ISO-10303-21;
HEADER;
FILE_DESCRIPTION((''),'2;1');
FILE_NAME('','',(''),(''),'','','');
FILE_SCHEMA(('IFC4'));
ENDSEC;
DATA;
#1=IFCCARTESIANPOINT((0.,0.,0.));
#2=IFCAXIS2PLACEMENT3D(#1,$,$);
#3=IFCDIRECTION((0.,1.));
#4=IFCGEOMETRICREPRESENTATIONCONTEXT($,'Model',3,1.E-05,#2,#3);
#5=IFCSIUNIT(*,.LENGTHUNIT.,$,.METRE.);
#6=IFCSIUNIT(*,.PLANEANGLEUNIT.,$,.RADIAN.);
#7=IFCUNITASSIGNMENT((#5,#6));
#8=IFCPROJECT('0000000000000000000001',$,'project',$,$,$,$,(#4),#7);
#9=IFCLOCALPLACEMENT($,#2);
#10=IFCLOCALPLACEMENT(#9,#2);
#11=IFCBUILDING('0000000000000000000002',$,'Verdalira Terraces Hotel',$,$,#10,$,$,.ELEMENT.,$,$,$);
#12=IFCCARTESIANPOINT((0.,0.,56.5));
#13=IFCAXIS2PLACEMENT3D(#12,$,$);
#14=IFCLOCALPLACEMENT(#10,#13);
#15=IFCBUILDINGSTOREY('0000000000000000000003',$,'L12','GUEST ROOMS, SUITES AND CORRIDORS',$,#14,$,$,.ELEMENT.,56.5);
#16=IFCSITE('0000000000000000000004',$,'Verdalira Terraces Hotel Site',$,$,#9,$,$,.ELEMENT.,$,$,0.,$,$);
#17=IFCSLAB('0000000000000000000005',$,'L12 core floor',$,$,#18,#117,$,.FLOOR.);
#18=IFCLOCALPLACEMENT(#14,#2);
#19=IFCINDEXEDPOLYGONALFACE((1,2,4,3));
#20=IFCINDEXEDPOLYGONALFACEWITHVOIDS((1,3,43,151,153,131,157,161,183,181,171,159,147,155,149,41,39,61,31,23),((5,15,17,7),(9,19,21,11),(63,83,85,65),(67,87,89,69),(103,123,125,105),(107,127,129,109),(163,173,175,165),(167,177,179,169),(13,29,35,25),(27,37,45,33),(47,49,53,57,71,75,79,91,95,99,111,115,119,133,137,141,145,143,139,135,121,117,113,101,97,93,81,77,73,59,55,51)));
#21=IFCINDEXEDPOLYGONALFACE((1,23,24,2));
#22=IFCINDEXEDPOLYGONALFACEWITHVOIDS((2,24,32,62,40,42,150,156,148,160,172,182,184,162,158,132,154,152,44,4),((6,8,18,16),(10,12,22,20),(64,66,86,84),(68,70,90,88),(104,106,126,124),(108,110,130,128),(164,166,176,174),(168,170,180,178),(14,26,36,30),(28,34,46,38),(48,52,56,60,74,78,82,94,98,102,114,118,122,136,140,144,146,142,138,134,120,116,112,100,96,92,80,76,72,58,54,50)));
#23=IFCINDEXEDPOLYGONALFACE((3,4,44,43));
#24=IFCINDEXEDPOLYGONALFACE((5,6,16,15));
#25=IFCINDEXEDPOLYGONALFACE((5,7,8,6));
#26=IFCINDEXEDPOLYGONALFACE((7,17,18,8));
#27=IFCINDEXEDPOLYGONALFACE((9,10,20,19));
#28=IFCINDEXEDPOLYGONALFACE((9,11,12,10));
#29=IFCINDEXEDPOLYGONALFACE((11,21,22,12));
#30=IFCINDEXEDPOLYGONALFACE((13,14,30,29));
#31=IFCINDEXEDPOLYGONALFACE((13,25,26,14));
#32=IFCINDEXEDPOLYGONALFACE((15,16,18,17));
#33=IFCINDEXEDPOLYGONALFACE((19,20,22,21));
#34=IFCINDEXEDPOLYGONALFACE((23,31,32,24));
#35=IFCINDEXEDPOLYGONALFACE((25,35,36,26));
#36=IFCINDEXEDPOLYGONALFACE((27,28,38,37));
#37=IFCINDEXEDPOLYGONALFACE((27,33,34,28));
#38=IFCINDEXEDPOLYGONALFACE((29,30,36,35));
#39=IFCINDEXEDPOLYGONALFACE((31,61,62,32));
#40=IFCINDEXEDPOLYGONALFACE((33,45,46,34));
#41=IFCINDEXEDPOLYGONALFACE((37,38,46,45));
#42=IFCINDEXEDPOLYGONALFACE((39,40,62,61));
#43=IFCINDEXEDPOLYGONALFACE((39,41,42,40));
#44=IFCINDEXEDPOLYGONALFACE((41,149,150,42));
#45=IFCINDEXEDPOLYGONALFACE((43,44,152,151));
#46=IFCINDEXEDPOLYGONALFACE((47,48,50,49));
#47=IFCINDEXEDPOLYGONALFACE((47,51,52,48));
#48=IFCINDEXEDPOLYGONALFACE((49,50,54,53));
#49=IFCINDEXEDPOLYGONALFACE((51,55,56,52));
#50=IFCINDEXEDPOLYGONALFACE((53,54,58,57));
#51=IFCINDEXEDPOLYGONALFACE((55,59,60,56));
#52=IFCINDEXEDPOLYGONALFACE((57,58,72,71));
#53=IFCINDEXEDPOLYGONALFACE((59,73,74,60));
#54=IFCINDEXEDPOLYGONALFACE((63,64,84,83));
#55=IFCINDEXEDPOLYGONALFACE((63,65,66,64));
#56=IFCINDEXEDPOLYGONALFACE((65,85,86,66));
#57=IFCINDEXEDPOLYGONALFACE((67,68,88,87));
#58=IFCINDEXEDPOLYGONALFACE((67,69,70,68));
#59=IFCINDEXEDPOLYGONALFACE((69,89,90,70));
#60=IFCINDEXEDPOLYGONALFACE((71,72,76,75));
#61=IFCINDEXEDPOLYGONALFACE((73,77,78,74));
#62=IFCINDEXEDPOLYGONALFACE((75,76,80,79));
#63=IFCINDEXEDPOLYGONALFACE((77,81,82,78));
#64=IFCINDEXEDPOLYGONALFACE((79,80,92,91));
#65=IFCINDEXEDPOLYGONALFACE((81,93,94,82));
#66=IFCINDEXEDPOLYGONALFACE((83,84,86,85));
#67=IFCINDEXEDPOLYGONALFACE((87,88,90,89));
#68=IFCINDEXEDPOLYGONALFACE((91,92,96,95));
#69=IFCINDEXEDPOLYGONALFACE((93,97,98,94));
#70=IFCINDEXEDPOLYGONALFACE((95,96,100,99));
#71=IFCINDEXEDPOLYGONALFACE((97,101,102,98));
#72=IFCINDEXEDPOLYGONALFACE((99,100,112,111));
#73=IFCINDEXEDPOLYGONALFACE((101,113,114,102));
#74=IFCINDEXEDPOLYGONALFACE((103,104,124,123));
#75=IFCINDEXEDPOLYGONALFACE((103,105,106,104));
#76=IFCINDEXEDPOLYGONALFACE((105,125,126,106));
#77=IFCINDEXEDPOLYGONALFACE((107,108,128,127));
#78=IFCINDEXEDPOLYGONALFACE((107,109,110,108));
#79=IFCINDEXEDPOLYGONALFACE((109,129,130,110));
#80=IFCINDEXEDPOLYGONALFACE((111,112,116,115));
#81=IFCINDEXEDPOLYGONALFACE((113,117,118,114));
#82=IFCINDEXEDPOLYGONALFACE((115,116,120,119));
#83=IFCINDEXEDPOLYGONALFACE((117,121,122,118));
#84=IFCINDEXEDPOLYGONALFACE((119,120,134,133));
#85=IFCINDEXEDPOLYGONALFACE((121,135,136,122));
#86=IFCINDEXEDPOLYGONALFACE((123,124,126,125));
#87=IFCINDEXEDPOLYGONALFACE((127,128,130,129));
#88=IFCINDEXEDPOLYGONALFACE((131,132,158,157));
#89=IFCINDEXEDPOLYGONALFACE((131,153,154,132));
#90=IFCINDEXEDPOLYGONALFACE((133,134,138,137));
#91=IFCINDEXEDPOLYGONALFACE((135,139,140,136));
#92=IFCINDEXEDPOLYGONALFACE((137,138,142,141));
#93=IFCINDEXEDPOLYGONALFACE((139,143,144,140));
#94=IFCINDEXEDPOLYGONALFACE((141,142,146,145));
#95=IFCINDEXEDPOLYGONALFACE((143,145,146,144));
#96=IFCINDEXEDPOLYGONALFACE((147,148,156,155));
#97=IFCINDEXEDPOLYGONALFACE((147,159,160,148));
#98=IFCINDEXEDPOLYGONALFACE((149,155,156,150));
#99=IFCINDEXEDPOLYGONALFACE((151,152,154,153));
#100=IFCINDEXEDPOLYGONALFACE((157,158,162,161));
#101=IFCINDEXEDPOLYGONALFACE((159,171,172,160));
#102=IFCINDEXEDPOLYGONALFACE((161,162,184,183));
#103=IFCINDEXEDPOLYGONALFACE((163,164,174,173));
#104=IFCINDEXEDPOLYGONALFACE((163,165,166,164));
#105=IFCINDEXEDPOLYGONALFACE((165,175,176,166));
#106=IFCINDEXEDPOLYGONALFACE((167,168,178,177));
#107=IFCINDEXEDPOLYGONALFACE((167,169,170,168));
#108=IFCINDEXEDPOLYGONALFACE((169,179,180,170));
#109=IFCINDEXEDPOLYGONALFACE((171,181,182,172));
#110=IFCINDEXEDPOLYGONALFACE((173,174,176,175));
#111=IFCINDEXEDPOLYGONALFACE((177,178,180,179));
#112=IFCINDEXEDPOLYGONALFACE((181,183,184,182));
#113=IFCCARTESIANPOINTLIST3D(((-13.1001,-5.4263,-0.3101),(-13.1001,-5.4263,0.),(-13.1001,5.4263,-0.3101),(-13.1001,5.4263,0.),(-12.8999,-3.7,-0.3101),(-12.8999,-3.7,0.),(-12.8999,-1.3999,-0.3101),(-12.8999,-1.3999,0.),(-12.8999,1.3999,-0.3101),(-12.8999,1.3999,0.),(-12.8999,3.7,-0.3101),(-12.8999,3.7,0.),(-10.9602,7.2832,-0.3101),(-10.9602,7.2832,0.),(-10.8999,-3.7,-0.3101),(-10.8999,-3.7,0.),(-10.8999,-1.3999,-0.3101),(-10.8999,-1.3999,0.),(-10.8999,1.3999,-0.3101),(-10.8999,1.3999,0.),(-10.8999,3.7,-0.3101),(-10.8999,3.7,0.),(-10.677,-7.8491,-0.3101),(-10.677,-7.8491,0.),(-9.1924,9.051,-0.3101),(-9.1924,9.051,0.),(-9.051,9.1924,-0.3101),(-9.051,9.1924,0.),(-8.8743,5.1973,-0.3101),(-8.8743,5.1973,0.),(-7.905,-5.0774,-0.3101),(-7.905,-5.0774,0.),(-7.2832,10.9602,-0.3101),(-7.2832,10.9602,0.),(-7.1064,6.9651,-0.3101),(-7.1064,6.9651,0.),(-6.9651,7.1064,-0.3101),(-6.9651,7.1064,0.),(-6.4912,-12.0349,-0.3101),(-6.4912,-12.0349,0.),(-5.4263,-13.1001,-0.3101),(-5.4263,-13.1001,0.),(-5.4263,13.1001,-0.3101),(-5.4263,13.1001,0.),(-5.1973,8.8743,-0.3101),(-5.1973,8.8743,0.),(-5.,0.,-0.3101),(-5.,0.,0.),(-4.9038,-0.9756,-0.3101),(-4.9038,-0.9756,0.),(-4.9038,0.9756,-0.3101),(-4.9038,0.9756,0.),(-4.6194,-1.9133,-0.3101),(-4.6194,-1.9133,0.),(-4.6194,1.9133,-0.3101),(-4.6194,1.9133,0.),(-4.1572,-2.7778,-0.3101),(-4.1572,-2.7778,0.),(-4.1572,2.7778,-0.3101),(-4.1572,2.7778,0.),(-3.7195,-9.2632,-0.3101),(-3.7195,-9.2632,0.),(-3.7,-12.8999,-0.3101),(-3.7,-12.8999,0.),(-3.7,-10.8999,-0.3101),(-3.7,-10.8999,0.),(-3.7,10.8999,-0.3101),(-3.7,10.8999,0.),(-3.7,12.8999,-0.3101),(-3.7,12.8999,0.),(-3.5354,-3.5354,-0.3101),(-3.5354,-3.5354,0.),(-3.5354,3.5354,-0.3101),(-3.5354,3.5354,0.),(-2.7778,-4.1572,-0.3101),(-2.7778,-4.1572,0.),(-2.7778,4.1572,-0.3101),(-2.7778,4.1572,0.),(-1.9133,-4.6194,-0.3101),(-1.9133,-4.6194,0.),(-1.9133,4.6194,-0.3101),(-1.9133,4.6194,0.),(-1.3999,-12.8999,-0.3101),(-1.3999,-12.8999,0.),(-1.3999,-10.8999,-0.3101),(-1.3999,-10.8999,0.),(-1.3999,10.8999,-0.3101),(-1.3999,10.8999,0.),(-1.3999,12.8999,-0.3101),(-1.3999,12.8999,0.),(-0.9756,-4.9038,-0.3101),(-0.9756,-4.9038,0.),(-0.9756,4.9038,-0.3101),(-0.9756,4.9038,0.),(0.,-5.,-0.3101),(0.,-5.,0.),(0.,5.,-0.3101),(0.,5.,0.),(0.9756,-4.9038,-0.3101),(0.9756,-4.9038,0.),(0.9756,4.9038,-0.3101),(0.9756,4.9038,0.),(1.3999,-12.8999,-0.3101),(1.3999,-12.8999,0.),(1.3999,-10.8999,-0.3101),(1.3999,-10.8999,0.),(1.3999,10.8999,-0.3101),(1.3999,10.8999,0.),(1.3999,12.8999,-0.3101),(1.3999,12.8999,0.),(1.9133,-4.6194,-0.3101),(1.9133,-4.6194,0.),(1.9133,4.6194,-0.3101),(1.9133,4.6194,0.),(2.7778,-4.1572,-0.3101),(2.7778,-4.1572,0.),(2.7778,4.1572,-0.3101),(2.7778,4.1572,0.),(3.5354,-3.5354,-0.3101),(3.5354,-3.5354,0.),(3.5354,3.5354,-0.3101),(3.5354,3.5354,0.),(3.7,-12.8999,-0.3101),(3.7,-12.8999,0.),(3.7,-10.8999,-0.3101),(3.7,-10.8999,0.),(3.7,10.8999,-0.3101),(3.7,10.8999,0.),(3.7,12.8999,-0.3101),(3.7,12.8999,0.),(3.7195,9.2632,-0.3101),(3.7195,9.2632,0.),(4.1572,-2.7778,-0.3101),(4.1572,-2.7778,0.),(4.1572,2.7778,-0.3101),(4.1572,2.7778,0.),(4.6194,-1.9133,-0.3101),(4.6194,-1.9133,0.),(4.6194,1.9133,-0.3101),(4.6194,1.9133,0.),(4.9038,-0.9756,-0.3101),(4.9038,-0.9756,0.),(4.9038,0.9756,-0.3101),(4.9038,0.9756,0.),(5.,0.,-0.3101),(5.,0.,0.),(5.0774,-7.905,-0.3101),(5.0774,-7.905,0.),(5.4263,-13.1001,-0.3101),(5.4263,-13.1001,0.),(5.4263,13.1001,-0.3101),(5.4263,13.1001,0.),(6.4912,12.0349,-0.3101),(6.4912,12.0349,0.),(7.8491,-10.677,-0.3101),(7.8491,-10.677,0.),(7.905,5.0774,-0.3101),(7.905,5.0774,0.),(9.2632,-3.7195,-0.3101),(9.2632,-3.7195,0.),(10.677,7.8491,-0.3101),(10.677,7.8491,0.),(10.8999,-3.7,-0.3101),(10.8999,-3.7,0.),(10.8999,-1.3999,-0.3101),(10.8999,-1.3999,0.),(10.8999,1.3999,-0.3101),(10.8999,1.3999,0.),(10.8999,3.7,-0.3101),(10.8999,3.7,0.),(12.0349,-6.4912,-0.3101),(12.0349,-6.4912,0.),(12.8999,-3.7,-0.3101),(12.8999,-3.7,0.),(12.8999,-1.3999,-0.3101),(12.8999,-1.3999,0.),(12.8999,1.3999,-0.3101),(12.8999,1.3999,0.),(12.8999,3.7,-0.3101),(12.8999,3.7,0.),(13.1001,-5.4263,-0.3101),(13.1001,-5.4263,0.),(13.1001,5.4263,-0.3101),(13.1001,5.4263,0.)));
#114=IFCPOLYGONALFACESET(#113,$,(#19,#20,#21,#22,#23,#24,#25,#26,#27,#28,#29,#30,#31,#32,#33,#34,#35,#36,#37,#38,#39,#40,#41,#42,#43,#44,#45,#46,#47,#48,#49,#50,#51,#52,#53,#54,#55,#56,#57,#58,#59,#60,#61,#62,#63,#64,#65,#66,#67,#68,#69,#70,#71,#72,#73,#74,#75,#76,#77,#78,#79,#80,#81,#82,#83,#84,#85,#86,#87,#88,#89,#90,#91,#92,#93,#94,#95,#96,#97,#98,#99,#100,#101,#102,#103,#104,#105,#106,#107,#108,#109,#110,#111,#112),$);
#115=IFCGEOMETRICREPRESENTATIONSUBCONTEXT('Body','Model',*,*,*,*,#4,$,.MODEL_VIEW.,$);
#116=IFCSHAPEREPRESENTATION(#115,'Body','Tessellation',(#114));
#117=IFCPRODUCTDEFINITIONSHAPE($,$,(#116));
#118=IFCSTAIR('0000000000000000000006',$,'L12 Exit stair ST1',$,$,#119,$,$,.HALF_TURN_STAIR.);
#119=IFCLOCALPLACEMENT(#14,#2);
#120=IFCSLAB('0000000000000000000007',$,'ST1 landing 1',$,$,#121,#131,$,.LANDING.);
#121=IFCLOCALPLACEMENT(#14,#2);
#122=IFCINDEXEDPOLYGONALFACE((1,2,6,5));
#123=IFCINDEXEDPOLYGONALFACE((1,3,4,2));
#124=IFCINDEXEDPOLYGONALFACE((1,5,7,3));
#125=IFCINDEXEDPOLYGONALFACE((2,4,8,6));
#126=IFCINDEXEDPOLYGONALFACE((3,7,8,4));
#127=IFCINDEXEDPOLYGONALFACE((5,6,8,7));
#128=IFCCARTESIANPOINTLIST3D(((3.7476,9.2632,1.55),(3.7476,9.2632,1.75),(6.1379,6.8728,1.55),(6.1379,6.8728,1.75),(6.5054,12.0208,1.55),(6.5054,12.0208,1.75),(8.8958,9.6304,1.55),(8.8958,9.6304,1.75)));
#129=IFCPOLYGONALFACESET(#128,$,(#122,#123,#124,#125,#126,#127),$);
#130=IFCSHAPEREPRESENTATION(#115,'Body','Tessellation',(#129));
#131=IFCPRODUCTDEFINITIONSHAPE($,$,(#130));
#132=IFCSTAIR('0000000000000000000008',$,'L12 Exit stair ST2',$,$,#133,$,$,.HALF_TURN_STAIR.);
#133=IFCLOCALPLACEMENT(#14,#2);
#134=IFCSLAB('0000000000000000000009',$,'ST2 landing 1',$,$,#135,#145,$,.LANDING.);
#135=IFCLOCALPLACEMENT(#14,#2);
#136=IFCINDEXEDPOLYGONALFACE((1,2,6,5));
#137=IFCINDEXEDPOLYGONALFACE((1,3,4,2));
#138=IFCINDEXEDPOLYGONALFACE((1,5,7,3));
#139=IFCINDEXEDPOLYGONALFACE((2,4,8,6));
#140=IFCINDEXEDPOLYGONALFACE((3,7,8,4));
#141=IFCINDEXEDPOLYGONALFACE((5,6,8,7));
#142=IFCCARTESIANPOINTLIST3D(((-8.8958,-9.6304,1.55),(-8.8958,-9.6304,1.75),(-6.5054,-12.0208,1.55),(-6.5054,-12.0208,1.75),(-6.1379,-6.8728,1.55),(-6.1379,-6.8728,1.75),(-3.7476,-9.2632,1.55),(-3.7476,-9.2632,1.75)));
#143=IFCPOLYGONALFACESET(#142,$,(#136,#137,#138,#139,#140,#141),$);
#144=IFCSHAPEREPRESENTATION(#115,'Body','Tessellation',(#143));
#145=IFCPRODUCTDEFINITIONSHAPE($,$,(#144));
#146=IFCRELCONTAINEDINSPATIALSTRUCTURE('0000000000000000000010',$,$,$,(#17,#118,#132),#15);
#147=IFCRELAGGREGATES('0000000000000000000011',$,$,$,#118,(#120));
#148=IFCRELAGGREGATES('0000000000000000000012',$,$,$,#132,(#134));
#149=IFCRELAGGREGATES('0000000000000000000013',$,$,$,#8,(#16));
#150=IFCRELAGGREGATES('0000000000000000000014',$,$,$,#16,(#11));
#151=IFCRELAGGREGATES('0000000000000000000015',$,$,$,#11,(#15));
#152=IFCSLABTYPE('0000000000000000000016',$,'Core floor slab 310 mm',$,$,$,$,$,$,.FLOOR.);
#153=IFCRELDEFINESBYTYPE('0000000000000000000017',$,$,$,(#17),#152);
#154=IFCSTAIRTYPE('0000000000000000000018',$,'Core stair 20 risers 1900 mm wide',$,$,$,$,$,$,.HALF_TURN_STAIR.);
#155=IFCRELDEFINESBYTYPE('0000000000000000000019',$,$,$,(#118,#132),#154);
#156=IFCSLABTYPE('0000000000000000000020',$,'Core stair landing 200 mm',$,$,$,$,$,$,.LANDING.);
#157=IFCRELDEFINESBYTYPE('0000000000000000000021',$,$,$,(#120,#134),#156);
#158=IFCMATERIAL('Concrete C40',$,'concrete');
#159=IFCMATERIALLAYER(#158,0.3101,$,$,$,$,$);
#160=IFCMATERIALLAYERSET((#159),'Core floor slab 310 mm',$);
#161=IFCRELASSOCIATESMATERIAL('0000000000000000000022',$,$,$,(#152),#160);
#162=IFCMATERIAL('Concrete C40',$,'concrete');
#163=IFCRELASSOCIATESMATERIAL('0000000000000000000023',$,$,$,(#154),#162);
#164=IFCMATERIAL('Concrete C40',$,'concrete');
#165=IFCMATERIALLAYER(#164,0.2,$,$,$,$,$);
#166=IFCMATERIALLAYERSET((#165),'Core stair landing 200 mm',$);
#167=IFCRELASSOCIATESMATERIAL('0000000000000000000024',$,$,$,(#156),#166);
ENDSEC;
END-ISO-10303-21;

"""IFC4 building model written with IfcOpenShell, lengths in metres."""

from ifc_helpers import new_model, si_unit, direction, frame, origin, place, context, subcontext, project, spatial, polyline, outline, extrude, material, layer, layer_set, type_object, element, aggregate, save


model = new_model("IFC4")

# Units and contexts
model_context = context("Model", 3, precision=1e-05, world=origin(), true_north=direction((0.0, 1.0)))
body_context = subcontext(model_context, "Body", "Model", "MODEL_VIEW")
ifc_project = project(units=[si_unit("LENGTHUNIT", "METRE"), si_unit("PLANEANGLEUNIT", "RADIAN")], contexts=[model_context])

# Site, building, storey
site_placement = place(None, origin())
site = spatial("IfcSite", under=ifc_project, at=site_placement, Name="Verdalira Terraces Hotel Site", CompositionType="ELEMENT", RefElevation=0.0)
building_placement = place(site_placement, origin())
building = spatial("IfcBuilding", under=site, at=building_placement, Name="Verdalira Terraces Hotel", CompositionType="ELEMENT")
storey_placement = place(building_placement, frame((0.0, 0.0, 56.5)))
storey = spatial("IfcBuildingStorey", under=building, at=storey_placement, Name="L12", Description="GUEST ROOMS, SUITES AND CORRIDORS", CompositionType="ELEMENT", Elevation=56.5)

# Slab
ifc_material_1 = material(Name="Concrete C40", Category="concrete")
ifc_layer_1 = layer(ifc_material_1, 0.3101)
ifc_layer_set_1 = layer_set([ifc_layer_1], Name="Core floor slab 310 mm")
slab_type_1 = type_object("IfcSlabType", Name="Core floor slab 310 mm", PredefinedType="FLOOR", material=ifc_layer_set_1)
slab_1_placement = place(storey_placement, frame((0.0, 0.0, -0.3101)))
element("IfcSlab", 1, at=slab_1_placement, inside=storey, type_object=slab_type_1, Name="L12 core floor", PredefinedType="FLOOR", context=body_context, shape_type="SweptSolid", body=[
    extrude(outline(polyline([(-5.4263, 13.1001), (5.4263, 13.1001), (6.4912, 12.0349), (3.7195, 9.2632), (7.905, 5.0774), (10.677, 7.8491), (13.1001, 5.4263), (13.1001, -5.4263), (12.0349, -6.4912), (9.2632, -3.7195), (5.0774, -7.905), (7.8491, -10.677), (5.4263, -13.1001), (-5.4263, -13.1001), (-6.4912, -12.0349), (-3.7195, -9.2632), (-7.905, -5.0774), (-10.677, -7.8491), (-13.1001, -5.4263), (-13.1001, 5.4263), (-5.4263, 13.1001)]), holes=[polyline([(12.8999, -3.7), (12.8999, -1.3999), (10.8999, -1.3999), (10.8999, -3.7), (12.8999, -3.7)]), polyline([(12.8999, 1.3999), (12.8999, 3.7), (10.8999, 3.7), (10.8999, 1.3999), (12.8999, 1.3999)]), polyline([(1.3999, 10.8999), (3.7, 10.8999), (3.7, 12.8999), (1.3999, 12.8999), (1.3999, 10.8999)]), polyline([(-3.7, 10.8999), (-1.3999, 10.8999), (-1.3999, 12.8999), (-3.7, 12.8999), (-3.7, 10.8999)]), polyline([(-12.8999, 3.7), (-12.8999, 1.3999), (-10.8999, 1.3999), (-10.8999, 3.7), (-12.8999, 3.7)]), polyline([(-12.8999, -1.3999), (-12.8999, -3.7), (-10.8999, -3.7), (-10.8999, -1.3999), (-12.8999, -1.3999)]), polyline([(-1.3999, -10.8999), (-3.7, -10.8999), (-3.7, -12.8999), (-1.3999, -12.8999), (-1.3999, -10.8999)]), polyline([(3.7, -10.8999), (1.3999, -10.8999), (1.3999, -12.8999), (3.7, -12.8999), (3.7, -10.8999)]), polyline([(-9.051, 9.1924), (-6.9651, 7.1064), (-5.1973, 8.8743), (-7.2832, 10.9602), (-9.051, 9.1924)]), polyline([(-9.1924, 9.051), (-10.9602, 7.2832), (-8.8743, 5.1973), (-7.1064, 6.9651), (-9.1924, 9.051)]), polyline([(3.5354, 3.5354), (2.7778, 4.1572), (1.9133, 4.6194), (0.9756, 4.9038), (0.0, 5.0), (-0.9756, 4.9038), (-1.9133, 4.6194), (-2.7778, 4.1572), (-3.5354, 3.5354), (-4.1572, 2.7778), (-4.6194, 1.9133), (-4.9038, 0.9756), (-5.0, 0.0), (-4.9038, -0.9756), (-4.6194, -1.9133), (-4.1572, -2.7778), (-3.5354, -3.5354), (-2.7778, -4.1572), (-1.9133, -4.6194), (-0.9756, -4.9038), (0.0, -5.0), (0.9756, -4.9038), (1.9133, -4.6194), (2.7778, -4.1572), (3.5354, -3.5354), (4.1572, -2.7778), (4.6194, -1.9133), (4.9038, -0.9756), (5.0, 0.0), (4.9038, 0.9756), (4.6194, 1.9133), (4.1572, 2.7778), (3.5354, 3.5354)])]), origin(), (0.0, 0.0, 1.0), 0.3101),
])

# Stairs, slabs
ifc_material_2 = material(Name="Concrete C40", Category="concrete")
stair_type = type_object("IfcStairType", Name="Core stair 20 risers 1900 mm wide", PredefinedType="HALF_TURN_STAIR", material=ifc_material_2)
stair_1_placement = place(storey_placement, origin())
stair_1 = element("IfcStair", 2, at=stair_1_placement, inside=storey, type_object=stair_type, Name="L12 Exit stair ST1", PredefinedType="HALF_TURN_STAIR")
ifc_material_3 = material(Name="Concrete C40", Category="concrete")
ifc_layer_2 = layer(ifc_material_3, 0.2)
ifc_layer_set_2 = layer_set([ifc_layer_2], Name="Core stair landing 200 mm")
slab_type_2 = type_object("IfcSlabType", Name="Core stair landing 200 mm", PredefinedType="LANDING", material=ifc_layer_set_2)
slab_2_placement = place(storey_placement, frame((0.0, 0.0, 1.55)))
slab_2 = element("IfcSlab", 3, at=slab_2_placement, type_object=slab_type_2, Name="ST1 landing 1", PredefinedType="LANDING", context=body_context, shape_type="SweptSolid", body=[
    extrude(outline(polyline([(8.8958, 9.6304), (6.5054, 12.0208), (3.7476, 9.2632), (6.1379, 6.8728), (8.8958, 9.6304)])), origin(), (0.0, 0.0, 1.0), 0.2),
])
aggregate(stair_1, [slab_2])
stair_2_placement = place(storey_placement, origin())
stair_2 = element("IfcStair", 4, at=stair_2_placement, inside=storey, type_object=stair_type, Name="L12 Exit stair ST2", PredefinedType="HALF_TURN_STAIR")
slab_3_placement = place(storey_placement, frame((0.0, 0.0, 1.55)))
slab_3 = element("IfcSlab", 5, at=slab_3_placement, type_object=slab_type_2, Name="ST2 landing 1", PredefinedType="LANDING", context=body_context, shape_type="SweptSolid", body=[
    extrude(outline(polyline([(-8.8958, -9.6304), (-6.5054, -12.0208), (-3.7476, -9.2632), (-6.1379, -6.8728), (-8.8958, -9.6304)])), origin(), (0.0, 0.0, 1.0), 0.2),
])
aggregate(stair_2, [slab_3])

save(model, "model.ifc")
